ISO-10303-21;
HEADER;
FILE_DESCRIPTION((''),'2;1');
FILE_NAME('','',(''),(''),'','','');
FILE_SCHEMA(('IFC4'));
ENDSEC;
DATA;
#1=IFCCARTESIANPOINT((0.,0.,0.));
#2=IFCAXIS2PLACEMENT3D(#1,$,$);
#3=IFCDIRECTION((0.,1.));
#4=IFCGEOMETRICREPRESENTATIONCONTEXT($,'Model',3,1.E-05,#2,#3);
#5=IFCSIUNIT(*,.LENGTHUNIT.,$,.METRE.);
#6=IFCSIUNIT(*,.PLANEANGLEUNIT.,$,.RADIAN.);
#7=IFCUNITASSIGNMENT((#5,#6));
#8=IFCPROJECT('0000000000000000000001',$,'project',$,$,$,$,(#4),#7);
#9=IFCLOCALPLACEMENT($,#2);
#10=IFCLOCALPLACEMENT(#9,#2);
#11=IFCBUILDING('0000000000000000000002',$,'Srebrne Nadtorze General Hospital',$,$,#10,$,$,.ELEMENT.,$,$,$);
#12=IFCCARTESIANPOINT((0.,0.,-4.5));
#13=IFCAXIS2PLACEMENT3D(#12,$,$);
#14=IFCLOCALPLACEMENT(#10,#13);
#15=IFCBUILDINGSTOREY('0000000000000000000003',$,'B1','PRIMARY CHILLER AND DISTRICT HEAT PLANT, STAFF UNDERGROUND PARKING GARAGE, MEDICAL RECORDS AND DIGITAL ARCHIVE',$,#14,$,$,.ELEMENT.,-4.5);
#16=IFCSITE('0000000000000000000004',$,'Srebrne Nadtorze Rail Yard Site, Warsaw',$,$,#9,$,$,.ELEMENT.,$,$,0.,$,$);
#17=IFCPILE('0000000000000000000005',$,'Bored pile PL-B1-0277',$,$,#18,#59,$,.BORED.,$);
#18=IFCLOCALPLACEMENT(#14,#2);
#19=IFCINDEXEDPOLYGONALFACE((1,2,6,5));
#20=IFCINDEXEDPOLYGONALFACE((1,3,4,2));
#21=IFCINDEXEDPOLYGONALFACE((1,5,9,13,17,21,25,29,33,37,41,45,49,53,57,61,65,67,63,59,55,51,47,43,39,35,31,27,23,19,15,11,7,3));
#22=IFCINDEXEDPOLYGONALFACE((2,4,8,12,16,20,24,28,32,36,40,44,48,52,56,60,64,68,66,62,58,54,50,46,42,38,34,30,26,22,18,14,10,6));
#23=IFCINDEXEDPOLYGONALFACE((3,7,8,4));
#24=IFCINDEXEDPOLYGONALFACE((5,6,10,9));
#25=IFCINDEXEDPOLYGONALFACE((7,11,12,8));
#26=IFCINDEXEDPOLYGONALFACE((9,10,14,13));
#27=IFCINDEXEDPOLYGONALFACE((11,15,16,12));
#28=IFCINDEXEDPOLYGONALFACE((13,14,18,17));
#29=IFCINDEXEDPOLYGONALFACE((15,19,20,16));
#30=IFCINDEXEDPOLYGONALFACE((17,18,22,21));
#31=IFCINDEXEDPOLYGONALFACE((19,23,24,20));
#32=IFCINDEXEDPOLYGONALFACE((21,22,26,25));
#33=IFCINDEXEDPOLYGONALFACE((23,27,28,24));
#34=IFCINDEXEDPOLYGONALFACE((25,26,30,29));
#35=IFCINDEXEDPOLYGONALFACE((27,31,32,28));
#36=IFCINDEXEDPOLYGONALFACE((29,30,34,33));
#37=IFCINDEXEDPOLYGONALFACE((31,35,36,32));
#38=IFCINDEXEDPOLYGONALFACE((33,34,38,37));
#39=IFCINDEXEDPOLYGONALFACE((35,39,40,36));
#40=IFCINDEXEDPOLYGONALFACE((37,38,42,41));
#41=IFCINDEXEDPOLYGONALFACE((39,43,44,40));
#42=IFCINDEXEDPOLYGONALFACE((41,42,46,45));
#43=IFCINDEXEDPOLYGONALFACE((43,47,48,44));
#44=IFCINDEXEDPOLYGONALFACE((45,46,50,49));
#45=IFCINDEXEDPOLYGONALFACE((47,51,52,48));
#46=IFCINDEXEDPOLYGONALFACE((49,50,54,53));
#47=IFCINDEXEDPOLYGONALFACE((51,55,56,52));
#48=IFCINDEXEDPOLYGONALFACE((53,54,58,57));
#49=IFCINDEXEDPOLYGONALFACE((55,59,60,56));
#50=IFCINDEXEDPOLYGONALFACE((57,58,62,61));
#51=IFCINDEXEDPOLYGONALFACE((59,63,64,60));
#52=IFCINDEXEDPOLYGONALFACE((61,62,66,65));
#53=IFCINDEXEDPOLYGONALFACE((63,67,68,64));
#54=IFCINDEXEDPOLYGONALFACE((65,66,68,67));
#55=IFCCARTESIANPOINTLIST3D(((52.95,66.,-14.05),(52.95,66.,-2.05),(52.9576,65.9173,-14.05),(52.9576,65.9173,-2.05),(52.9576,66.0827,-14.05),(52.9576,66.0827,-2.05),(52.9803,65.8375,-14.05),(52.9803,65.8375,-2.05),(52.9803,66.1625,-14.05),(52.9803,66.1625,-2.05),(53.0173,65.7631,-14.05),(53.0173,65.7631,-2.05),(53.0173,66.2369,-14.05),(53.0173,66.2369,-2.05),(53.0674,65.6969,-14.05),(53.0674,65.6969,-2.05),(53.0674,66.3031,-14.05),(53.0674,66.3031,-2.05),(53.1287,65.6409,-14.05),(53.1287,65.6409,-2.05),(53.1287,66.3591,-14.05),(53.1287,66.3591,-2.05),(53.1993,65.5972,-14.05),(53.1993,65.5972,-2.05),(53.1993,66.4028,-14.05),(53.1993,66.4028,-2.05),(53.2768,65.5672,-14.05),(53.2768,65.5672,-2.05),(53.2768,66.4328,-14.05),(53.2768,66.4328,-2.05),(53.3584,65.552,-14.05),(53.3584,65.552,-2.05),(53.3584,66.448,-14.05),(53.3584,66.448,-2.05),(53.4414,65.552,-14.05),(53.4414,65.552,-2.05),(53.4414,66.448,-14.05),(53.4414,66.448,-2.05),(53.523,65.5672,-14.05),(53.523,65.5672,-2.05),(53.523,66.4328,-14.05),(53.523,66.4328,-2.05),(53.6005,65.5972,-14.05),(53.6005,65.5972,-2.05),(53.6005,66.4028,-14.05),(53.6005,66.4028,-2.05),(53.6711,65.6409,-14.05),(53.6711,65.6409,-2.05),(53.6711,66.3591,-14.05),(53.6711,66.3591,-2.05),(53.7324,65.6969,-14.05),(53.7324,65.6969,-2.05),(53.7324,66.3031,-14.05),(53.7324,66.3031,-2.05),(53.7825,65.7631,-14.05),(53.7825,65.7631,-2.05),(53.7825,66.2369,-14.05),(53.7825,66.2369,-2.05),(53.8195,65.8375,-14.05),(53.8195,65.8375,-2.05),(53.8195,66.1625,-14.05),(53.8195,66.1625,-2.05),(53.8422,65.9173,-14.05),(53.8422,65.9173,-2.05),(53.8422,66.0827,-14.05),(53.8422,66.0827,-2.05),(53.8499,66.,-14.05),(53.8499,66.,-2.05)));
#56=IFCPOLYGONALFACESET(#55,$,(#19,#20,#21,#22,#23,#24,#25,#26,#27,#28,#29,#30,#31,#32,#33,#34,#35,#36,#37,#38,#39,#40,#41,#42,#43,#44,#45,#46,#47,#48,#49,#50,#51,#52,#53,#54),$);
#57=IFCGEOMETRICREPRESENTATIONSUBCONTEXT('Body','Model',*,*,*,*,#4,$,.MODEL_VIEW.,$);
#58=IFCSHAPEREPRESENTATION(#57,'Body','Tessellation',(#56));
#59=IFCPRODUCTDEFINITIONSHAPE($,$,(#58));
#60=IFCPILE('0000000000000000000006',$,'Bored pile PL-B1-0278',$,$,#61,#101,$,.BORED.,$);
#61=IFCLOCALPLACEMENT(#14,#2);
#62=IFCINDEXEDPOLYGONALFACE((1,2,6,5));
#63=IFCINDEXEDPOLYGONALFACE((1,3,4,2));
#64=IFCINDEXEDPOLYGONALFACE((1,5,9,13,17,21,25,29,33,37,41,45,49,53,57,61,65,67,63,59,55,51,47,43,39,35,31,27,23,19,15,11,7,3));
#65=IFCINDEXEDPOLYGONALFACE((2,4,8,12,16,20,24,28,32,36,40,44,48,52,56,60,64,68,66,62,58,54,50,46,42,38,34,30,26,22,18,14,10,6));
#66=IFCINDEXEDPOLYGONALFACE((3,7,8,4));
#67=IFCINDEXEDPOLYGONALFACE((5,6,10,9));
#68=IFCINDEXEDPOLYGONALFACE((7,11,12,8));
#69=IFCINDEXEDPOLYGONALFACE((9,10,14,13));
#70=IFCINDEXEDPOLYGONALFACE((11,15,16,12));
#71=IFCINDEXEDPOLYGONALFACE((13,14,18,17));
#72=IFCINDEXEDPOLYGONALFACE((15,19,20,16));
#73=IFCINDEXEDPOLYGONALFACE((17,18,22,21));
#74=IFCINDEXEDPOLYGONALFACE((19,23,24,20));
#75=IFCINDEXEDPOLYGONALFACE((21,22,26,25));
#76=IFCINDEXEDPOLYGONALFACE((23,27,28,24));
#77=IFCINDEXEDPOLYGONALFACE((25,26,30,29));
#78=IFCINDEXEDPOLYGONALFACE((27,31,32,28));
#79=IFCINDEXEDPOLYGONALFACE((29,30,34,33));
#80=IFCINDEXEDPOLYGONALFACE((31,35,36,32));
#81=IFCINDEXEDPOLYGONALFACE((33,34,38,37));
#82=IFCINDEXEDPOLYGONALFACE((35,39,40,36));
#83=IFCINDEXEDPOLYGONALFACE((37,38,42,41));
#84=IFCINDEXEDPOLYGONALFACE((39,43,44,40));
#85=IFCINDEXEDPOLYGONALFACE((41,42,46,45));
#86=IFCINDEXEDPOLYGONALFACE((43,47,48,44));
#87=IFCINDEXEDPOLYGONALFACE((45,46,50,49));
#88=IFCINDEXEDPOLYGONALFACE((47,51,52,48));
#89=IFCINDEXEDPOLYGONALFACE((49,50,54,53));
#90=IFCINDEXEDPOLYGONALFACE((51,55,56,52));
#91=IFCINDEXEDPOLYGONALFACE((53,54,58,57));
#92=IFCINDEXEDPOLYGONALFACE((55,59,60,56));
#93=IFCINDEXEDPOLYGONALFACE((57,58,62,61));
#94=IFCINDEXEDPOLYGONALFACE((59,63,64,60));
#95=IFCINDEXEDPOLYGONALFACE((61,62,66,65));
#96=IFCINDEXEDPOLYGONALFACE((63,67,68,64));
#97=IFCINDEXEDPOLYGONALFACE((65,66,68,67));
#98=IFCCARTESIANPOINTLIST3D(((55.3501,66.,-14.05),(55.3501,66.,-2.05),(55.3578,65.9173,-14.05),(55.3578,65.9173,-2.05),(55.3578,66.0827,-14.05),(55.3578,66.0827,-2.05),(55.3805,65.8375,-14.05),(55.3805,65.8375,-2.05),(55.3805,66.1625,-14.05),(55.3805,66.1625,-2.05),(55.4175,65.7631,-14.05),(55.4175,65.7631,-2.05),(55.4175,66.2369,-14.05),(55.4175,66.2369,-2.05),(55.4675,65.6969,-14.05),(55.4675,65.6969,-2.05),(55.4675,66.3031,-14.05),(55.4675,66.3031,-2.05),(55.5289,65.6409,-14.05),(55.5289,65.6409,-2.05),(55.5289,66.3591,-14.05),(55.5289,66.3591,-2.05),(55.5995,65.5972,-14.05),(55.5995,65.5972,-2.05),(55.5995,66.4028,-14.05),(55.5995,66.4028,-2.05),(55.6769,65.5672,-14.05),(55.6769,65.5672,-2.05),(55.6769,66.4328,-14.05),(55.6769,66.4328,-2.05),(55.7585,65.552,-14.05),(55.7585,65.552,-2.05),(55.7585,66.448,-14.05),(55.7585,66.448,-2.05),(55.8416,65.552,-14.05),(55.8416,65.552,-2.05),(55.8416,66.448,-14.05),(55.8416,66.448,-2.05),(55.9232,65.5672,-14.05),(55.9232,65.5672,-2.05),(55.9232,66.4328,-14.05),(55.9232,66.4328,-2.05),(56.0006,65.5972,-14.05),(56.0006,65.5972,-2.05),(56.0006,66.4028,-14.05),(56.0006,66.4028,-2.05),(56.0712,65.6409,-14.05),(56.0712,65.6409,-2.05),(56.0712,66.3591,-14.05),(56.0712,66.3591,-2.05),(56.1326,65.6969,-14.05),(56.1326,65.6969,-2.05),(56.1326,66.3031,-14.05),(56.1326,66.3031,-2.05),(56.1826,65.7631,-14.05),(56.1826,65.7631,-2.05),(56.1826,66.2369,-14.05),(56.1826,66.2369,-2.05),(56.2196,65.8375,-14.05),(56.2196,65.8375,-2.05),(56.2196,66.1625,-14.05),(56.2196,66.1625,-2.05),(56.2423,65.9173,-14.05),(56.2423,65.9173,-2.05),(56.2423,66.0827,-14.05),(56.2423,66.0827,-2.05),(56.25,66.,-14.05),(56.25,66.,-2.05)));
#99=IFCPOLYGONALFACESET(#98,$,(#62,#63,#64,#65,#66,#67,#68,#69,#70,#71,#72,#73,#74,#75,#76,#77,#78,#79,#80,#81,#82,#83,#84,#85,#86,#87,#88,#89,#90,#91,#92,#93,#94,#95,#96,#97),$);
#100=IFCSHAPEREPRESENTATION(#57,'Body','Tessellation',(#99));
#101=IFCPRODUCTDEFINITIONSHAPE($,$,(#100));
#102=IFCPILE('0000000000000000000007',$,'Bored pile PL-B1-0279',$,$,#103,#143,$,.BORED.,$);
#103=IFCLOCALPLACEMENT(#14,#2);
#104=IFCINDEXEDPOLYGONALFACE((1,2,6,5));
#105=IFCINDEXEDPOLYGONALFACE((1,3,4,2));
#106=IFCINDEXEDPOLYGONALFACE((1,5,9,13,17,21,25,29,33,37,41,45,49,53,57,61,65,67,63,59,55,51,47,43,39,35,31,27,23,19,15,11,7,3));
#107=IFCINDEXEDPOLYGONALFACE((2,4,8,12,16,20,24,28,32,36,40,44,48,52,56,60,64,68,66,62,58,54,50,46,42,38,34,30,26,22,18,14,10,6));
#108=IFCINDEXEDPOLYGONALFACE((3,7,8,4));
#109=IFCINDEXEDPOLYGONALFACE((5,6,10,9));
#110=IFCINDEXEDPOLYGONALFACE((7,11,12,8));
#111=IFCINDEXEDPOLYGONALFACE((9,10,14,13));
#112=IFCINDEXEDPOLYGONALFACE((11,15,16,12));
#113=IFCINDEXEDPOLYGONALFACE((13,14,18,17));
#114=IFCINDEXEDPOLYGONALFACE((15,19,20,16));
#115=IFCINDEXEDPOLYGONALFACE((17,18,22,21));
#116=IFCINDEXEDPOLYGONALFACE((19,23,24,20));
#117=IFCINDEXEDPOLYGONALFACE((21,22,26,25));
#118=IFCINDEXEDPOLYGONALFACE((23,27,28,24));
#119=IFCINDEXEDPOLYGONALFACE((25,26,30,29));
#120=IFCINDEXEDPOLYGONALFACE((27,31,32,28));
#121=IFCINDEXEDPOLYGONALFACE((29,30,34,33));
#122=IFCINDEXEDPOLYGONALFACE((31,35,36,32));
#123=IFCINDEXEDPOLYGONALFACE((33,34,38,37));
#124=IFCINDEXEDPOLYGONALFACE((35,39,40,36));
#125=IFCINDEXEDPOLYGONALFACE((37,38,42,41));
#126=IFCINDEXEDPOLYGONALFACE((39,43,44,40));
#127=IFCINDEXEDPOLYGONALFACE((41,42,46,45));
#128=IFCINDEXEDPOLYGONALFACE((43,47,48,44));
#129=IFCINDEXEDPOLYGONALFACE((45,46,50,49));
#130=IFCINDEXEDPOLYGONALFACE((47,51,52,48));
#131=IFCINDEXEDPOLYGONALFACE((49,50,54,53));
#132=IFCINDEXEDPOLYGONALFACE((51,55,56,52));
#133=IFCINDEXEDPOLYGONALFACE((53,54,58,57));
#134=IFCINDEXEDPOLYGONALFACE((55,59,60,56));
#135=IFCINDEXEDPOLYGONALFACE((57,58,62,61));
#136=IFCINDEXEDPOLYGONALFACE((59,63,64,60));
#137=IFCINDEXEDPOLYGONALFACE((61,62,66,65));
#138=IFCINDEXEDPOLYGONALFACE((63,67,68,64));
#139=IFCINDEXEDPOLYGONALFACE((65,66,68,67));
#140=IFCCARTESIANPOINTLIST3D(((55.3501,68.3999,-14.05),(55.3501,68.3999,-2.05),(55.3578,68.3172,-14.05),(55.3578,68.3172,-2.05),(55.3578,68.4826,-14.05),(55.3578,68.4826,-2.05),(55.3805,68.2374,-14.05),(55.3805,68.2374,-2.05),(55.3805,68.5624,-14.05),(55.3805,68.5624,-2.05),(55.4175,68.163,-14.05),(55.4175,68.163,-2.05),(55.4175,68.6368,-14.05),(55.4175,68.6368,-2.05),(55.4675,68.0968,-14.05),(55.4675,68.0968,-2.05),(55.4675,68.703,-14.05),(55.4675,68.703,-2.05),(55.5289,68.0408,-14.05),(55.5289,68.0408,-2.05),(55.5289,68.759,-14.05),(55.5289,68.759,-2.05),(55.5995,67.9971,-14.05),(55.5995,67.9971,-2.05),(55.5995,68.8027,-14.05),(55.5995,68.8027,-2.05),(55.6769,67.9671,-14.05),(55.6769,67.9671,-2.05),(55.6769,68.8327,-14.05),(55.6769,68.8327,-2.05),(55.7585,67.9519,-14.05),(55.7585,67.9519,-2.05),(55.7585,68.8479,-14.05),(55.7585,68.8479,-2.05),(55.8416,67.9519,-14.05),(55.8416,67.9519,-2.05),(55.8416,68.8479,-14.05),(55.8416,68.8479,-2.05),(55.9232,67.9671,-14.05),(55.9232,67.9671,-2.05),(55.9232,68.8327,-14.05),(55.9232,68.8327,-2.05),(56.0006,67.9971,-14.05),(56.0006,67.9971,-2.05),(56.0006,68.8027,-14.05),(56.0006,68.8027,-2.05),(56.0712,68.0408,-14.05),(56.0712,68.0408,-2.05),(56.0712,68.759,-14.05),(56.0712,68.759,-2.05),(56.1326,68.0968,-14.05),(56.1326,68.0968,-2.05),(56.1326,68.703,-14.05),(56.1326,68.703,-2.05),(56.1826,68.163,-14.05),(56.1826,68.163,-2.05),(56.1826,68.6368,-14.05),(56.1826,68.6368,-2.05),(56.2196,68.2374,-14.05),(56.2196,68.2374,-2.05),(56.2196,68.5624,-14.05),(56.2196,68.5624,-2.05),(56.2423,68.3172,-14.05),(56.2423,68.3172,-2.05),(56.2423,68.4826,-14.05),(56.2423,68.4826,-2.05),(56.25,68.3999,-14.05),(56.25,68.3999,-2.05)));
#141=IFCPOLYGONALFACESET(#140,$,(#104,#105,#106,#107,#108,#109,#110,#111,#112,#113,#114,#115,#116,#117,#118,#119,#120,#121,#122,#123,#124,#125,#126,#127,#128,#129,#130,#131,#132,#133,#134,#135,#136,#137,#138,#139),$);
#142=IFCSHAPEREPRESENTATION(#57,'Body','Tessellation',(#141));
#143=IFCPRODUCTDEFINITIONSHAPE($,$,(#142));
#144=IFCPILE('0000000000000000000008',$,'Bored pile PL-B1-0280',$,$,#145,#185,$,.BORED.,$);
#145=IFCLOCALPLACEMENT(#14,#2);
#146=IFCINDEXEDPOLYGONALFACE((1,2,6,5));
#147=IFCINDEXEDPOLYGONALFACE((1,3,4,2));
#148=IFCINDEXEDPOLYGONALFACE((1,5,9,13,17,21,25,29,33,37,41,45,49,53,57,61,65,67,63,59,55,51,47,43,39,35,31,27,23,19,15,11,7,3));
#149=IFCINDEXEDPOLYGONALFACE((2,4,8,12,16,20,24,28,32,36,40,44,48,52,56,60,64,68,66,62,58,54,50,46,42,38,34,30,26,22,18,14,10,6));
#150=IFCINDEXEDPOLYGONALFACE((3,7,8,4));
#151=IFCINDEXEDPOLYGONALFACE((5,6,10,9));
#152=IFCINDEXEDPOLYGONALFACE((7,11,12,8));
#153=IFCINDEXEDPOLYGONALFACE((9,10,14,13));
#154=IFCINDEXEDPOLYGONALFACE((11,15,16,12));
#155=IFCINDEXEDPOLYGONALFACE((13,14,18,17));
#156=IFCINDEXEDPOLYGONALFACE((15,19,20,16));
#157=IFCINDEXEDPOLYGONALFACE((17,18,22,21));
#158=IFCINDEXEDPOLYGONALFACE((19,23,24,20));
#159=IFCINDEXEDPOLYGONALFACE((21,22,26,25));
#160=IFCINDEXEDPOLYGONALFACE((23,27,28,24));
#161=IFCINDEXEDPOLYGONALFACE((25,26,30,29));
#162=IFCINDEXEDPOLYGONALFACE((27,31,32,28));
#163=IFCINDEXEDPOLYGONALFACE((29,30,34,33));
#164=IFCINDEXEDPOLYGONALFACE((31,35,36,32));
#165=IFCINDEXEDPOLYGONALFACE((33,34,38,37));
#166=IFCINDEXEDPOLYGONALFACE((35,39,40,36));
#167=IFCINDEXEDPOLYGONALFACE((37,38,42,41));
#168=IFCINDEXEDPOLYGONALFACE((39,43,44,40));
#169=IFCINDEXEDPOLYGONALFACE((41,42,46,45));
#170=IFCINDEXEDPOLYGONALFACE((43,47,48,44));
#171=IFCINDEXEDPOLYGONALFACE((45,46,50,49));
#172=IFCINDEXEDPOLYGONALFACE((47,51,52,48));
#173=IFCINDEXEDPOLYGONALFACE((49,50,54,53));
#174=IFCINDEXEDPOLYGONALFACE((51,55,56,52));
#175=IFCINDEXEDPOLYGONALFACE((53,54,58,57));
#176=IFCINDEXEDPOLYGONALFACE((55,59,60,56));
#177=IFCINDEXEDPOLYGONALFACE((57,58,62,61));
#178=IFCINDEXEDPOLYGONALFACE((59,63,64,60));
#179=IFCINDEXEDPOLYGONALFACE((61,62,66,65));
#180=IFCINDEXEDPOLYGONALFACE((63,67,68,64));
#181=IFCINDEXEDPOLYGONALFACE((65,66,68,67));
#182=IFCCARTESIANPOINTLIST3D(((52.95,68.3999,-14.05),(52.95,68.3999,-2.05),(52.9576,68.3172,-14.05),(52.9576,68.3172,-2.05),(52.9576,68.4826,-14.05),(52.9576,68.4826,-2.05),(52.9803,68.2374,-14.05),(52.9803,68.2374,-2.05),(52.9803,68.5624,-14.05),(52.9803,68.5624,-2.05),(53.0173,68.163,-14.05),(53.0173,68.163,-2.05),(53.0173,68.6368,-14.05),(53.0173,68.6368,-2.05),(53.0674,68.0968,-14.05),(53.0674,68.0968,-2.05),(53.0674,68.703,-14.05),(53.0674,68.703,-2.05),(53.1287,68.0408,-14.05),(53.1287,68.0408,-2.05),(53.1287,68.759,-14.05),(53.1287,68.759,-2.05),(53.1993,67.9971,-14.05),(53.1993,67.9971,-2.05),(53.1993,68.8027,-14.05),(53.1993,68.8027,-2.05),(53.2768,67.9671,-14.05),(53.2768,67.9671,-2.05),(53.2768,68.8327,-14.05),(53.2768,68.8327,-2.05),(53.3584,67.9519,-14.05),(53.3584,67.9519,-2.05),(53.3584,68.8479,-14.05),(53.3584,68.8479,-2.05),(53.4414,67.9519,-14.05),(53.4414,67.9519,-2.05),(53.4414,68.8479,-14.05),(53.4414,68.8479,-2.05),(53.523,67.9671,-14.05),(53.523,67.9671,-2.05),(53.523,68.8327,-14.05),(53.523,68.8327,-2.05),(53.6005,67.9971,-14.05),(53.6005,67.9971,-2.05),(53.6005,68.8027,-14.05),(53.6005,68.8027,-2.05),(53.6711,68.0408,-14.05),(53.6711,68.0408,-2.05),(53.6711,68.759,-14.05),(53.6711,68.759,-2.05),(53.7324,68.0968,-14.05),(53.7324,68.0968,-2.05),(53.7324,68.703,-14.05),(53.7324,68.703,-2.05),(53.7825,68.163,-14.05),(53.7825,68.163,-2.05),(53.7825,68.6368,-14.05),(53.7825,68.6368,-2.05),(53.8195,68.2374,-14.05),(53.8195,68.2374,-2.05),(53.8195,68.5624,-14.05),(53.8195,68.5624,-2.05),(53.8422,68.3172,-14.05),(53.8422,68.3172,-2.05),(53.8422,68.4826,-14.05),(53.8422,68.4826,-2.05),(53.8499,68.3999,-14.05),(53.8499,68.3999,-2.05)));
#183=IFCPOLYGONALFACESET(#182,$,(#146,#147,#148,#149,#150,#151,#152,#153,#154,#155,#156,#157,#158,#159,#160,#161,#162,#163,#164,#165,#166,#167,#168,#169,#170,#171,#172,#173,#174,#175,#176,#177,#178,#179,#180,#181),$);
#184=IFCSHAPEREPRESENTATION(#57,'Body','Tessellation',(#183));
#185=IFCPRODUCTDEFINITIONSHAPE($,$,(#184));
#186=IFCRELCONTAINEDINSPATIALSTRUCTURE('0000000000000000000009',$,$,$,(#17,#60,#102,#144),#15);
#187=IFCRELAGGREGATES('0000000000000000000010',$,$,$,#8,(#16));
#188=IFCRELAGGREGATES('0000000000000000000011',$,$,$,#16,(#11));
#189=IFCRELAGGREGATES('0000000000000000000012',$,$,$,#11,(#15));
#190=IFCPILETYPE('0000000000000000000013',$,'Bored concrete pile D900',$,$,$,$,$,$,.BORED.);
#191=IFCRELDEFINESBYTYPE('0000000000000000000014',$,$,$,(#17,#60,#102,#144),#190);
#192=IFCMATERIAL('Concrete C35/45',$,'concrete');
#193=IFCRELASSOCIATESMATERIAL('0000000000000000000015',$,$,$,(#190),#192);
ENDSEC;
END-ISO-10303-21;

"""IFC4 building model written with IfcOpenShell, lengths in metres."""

from ifc_helpers import new_model, si_unit, direction, frame, origin, origin_2d, place, context, subcontext, project, spatial, circle, extrude, material, material_profile, profile_set, type_object, element, save


model = new_model("IFC4")

# Units and contexts
model_context = context("Model", 3, precision=1e-05, world=origin(), true_north=direction((0.0, 1.0)))
body_context = subcontext(model_context, "Body", "Model", "MODEL_VIEW")
ifc_project = project(units=[si_unit("LENGTHUNIT", "METRE"), si_unit("PLANEANGLEUNIT", "RADIAN")], contexts=[model_context])

# Site, building, storey
site_placement = place(None, origin())
site = spatial("IfcSite", under=ifc_project, at=site_placement, Name="Srebrne Nadtorze Rail Yard Site, Warsaw", CompositionType="ELEMENT", RefElevation=0.0)
building_placement = place(site_placement, origin())
building = spatial("IfcBuilding", under=site, at=building_placement, Name="Srebrne Nadtorze General Hospital", CompositionType="ELEMENT")
storey_placement = place(building_placement, frame((0.0, 0.0, -4.5)))
storey = spatial("IfcBuildingStorey", under=building, at=storey_placement, Name="B1", Description="PRIMARY CHILLER AND DISTRICT HEAT PLANT, STAFF UNDERGROUND PARKING GARAGE, MEDICAL RECORDS AND DIGITAL ARCHIVE", CompositionType="ELEMENT", Elevation=-4.5)

# Piles
ifc_material_1 = material(Name="Concrete C35/45", Category="concrete")
ifc_material_profile_1 = material_profile(ifc_material_1, circle(Radius=0.45, at=origin_2d()), Name="PILE-D900")
ifc_profile_set_1 = profile_set([ifc_material_profile_1], Name="Concrete C35/45")
pile_type_1 = type_object("IfcPileType", Name="Bored concrete pile D900", PredefinedType="BORED", material=ifc_profile_set_1)
for number, where, z_axis, x_axis, name in (
    (1, (53.3999, 66.0, -2.05), (0.0, 0.0, -1.0), (1.0, 0.0, 0.0), "Bored pile PL-B1-0277"),
    (2, (55.8, 66.0, -2.05), (0.0, 0.0, -1.0), (1.0, 0.0, 0.0), "Bored pile PL-B1-0278"),
    (3, (55.8, 68.3999, -2.05), (0.0, 0.0, -1.0), (1.0, 0.0, 0.0), "Bored pile PL-B1-0279"),
    (4, (53.3999, 68.3999, -2.05), (0.0, 0.0, -1.0), (1.0, 0.0, 0.0), "Bored pile PL-B1-0280"),
):
    element("IfcPile", number, at=place(storey_placement, frame(where, z_axis=z_axis, x_axis=x_axis)), inside=storey, type_object=pile_type_1, Name=name, PredefinedType="BORED", context=body_context, shape_type="SweptSolid", body=[
        extrude(circle(Radius=0.45, at=origin_2d()), origin(), (0.0, 0.0, 1.0), 12.0),
    ])

save(model, "model.ifc")
